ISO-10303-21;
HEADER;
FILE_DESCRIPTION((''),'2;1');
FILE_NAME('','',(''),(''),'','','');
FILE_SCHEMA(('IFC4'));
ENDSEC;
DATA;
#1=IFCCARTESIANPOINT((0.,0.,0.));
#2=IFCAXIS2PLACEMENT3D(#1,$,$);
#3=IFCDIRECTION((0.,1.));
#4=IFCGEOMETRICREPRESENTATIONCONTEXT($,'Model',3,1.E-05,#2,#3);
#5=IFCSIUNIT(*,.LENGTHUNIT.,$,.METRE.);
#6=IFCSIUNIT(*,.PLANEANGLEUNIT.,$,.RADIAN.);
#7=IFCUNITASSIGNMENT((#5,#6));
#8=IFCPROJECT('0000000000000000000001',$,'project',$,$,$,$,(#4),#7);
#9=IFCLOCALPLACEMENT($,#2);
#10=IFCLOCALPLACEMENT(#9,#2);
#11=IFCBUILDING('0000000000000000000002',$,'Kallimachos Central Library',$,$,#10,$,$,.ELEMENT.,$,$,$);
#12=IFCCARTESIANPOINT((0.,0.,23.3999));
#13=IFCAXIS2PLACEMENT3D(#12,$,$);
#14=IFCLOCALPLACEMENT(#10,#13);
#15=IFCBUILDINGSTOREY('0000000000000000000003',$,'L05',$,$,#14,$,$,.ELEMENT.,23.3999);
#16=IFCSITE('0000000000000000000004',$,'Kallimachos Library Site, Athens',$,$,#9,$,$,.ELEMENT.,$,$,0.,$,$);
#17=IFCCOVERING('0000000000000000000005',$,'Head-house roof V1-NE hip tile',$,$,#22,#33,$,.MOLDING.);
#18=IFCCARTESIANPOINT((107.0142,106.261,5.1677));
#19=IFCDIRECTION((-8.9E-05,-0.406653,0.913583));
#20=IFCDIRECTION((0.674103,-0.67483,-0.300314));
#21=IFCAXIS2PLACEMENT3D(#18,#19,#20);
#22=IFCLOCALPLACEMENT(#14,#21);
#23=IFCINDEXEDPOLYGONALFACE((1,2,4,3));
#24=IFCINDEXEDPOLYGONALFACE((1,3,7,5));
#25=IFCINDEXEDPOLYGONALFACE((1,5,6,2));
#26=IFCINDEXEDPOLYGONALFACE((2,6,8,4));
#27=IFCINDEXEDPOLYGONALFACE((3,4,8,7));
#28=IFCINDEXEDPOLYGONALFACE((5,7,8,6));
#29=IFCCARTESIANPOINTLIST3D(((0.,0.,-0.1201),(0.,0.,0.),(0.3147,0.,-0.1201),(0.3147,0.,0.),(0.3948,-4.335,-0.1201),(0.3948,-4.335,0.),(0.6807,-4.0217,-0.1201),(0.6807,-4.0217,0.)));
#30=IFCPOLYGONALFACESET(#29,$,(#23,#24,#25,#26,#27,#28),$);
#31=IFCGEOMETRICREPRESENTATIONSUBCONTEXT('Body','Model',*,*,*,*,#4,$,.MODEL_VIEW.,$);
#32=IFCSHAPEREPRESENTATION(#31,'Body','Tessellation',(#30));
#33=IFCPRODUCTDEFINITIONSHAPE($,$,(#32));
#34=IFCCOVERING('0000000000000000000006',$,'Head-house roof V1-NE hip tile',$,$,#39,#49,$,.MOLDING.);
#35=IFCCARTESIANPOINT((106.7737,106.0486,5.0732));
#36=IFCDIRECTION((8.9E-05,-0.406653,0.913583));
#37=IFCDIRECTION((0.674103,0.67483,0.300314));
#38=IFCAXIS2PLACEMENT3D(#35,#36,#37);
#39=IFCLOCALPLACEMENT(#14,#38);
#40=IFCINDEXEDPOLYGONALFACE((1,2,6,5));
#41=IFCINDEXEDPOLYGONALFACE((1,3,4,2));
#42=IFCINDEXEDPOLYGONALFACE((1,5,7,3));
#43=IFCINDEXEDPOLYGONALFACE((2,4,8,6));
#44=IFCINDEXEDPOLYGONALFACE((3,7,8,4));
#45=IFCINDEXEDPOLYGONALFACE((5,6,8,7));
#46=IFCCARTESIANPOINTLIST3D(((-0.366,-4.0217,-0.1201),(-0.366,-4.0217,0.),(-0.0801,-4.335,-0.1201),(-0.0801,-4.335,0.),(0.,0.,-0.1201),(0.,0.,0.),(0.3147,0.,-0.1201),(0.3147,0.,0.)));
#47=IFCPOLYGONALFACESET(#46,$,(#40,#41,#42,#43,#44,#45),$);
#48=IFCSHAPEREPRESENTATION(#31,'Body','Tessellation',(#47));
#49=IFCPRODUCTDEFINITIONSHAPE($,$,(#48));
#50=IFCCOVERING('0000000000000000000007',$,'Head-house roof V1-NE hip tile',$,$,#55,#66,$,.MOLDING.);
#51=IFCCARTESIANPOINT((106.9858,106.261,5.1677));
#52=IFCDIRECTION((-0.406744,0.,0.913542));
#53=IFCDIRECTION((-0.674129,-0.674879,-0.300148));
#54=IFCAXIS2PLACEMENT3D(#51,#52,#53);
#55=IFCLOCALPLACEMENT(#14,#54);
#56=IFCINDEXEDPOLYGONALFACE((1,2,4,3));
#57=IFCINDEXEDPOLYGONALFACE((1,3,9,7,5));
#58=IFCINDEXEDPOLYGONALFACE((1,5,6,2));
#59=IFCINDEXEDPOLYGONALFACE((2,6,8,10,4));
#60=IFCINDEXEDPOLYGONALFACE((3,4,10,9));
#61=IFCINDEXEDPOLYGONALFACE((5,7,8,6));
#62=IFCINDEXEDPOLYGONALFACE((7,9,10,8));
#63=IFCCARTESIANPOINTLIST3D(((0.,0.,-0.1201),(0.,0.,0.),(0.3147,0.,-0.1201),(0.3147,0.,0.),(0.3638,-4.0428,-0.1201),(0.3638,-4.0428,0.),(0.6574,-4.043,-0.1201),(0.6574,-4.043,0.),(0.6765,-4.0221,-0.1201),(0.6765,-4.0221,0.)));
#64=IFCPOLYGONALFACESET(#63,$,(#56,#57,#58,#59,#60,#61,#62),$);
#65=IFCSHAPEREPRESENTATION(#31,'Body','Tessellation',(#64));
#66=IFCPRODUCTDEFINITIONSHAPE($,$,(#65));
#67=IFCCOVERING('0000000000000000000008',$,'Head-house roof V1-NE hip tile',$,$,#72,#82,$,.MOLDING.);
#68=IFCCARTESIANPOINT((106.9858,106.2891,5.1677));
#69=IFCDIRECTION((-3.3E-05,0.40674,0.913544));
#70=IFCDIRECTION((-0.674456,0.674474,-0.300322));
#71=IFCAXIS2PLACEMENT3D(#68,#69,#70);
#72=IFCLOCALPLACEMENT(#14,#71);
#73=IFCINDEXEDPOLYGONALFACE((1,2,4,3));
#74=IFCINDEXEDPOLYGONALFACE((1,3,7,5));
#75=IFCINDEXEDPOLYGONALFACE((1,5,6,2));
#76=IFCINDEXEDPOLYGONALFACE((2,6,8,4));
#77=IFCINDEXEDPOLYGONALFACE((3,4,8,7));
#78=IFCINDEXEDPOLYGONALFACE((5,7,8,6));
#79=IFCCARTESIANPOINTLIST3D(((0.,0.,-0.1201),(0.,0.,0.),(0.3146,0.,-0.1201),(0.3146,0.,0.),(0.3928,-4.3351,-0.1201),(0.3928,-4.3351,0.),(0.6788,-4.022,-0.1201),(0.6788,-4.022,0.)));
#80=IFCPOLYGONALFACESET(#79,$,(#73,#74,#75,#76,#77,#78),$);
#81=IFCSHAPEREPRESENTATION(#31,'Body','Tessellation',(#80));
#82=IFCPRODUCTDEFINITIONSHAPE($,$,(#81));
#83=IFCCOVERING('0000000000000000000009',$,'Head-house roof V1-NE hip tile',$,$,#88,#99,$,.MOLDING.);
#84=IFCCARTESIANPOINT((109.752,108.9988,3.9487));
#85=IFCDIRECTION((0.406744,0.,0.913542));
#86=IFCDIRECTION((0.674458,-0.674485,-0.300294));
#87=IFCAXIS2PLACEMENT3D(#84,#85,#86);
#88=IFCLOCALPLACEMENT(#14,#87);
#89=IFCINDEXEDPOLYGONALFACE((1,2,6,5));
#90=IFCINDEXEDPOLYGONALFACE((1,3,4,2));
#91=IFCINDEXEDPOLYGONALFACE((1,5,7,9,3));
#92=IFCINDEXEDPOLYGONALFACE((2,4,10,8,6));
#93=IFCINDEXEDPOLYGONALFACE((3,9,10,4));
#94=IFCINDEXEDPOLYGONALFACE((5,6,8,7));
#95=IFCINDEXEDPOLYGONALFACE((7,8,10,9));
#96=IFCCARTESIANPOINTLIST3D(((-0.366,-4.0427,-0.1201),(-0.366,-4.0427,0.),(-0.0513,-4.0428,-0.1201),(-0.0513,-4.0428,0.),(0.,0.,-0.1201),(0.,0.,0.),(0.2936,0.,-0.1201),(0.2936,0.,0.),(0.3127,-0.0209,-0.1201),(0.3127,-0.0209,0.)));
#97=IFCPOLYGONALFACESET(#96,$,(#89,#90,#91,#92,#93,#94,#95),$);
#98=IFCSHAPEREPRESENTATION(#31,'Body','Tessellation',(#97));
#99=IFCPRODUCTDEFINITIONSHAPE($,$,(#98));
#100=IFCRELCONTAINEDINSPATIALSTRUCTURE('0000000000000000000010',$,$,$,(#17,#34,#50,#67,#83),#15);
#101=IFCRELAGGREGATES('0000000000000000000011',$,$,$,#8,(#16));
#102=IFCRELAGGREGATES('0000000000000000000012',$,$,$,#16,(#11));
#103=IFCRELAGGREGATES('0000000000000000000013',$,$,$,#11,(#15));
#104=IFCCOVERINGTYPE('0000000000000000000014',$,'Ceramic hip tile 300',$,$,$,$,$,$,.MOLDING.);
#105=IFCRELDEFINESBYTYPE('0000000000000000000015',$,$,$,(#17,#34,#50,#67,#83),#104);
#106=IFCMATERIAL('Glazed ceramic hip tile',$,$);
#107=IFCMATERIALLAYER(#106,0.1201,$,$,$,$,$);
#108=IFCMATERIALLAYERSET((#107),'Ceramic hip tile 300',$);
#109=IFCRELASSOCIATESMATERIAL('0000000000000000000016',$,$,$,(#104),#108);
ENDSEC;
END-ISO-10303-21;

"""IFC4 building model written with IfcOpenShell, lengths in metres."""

from ifc_helpers import new_model, si_unit, direction, frame, origin, place, context, subcontext, project, spatial, polyline, outline, extrude, material, layer, layer_set, type_object, element, save


model = new_model("IFC4")

# Units and contexts
model_context = context("Model", 3, precision=1e-05, world=origin(), true_north=direction((0.0, 1.0)))
body_context = subcontext(model_context, "Body", "Model", "MODEL_VIEW")
ifc_project = project(units=[si_unit("LENGTHUNIT", "METRE"), si_unit("PLANEANGLEUNIT", "RADIAN")], contexts=[model_context])

# Site, building, storey
site_placement = place(None, origin())
site = spatial("IfcSite", under=ifc_project, at=site_placement, Name="Kallimachos Library Site, Athens", CompositionType="ELEMENT", RefElevation=0.0)
building_placement = place(site_placement, origin())
building = spatial("IfcBuilding", under=site, at=building_placement, Name="Kallimachos Central Library", CompositionType="ELEMENT")
storey_placement = place(building_placement, frame((0.0, 0.0, 23.3999)))
storey = spatial("IfcBuildingStorey", under=building, at=storey_placement, Name="L05", CompositionType="ELEMENT", Elevation=23.3999)

# Coverings
ifc_material_1 = material(Name="Glazed ceramic hip tile")
ifc_layer_1 = layer(ifc_material_1, 0.1201)
ifc_layer_set_1 = layer_set([ifc_layer_1], Name="Ceramic hip tile 300")
covering_type_1 = type_object("IfcCoveringType", Name="Ceramic hip tile 300", PredefinedType="MOLDING", material=ifc_layer_set_1)
covering_1_placement = place(storey_placement, frame((107.0142, 106.261, 5.1677), z_axis=(-0.000089, -0.406653, 0.913583), x_axis=(0.674103, -0.67483, -0.300314)))
element("IfcCovering", 1, at=covering_1_placement, inside=storey, type_object=covering_type_1, Name="Head-house roof V1-NE hip tile", PredefinedType="MOLDING", context=body_context, shape_type="SweptSolid", body=[
    extrude(outline(polyline([(0.0, 0.0), (0.3147, 0.0), (0.6807, -4.0217), (0.3948, -4.335), (0.0, 0.0)])), origin(), (0.0, 0.0, -1.0), 0.1201),
])
covering_2_placement = place(storey_placement, frame((106.7737, 106.0486, 5.0732), z_axis=(0.000089, -0.406653, 0.913583), x_axis=(0.674103, 0.67483, 0.300314)))
element("IfcCovering", 2, at=covering_2_placement, inside=storey, type_object=covering_type_1, Name="Head-house roof V1-NE hip tile", PredefinedType="MOLDING", context=body_context, shape_type="SweptSolid", body=[
    extrude(outline(polyline([(0.0, 0.0), (0.3147, 0.0), (-0.0801, -4.335), (-0.366, -4.0217), (0.0, 0.0)])), origin(), (0.0, 0.0, -1.0), 0.1201),
])
covering_3_placement = place(storey_placement, frame((106.9858, 106.261, 5.1677), z_axis=(-0.406744, 0.0, 0.913542), x_axis=(-0.674129, -0.674879, -0.300148)))
element("IfcCovering", 3, at=covering_3_placement, inside=storey, type_object=covering_type_1, Name="Head-house roof V1-NE hip tile", PredefinedType="MOLDING", context=body_context, shape_type="SweptSolid", body=[
    extrude(outline(polyline([(0.0, 0.0), (0.3147, 0.0), (0.6765, -4.0221), (0.6574, -4.043), (0.3638, -4.0428), (0.0, 0.0)])), origin(), (0.0, 0.0, -1.0), 0.1201),
])
covering_4_placement = place(storey_placement, frame((106.9858, 106.2891, 5.1677), z_axis=(-0.000033, 0.40674, 0.913544), x_axis=(-0.674456, 0.674474, -0.300322)))
element("IfcCovering", 4, at=covering_4_placement, inside=storey, type_object=covering_type_1, Name="Head-house roof V1-NE hip tile", PredefinedType="MOLDING", context=body_context, shape_type="SweptSolid", body=[
    extrude(outline(polyline([(0.0, 0.0), (0.3146, 0.0), (0.6788, -4.022), (0.3928, -4.3351), (0.0, 0.0)])), origin(), (0.0, 0.0, -1.0), 0.1201),
])
covering_5_placement = place(storey_placement, frame((109.752, 108.9988, 3.9487), z_axis=(0.406744, 0.0, 0.913542), x_axis=(0.674458, -0.674485, -0.300294)))
element("IfcCovering", 5, at=covering_5_placement, inside=storey, type_object=covering_type_1, Name="Head-house roof V1-NE hip tile", PredefinedType="MOLDING", context=body_context, shape_type="SweptSolid", body=[
    extrude(outline(polyline([(0.0, 0.0), (0.2936, 0.0), (0.3127, -0.0209), (-0.0513, -4.0428), (-0.366, -4.0427), (0.0, 0.0)])), origin(), (0.0, 0.0, -1.0), 0.1201),
])

save(model, "model.ifc")
